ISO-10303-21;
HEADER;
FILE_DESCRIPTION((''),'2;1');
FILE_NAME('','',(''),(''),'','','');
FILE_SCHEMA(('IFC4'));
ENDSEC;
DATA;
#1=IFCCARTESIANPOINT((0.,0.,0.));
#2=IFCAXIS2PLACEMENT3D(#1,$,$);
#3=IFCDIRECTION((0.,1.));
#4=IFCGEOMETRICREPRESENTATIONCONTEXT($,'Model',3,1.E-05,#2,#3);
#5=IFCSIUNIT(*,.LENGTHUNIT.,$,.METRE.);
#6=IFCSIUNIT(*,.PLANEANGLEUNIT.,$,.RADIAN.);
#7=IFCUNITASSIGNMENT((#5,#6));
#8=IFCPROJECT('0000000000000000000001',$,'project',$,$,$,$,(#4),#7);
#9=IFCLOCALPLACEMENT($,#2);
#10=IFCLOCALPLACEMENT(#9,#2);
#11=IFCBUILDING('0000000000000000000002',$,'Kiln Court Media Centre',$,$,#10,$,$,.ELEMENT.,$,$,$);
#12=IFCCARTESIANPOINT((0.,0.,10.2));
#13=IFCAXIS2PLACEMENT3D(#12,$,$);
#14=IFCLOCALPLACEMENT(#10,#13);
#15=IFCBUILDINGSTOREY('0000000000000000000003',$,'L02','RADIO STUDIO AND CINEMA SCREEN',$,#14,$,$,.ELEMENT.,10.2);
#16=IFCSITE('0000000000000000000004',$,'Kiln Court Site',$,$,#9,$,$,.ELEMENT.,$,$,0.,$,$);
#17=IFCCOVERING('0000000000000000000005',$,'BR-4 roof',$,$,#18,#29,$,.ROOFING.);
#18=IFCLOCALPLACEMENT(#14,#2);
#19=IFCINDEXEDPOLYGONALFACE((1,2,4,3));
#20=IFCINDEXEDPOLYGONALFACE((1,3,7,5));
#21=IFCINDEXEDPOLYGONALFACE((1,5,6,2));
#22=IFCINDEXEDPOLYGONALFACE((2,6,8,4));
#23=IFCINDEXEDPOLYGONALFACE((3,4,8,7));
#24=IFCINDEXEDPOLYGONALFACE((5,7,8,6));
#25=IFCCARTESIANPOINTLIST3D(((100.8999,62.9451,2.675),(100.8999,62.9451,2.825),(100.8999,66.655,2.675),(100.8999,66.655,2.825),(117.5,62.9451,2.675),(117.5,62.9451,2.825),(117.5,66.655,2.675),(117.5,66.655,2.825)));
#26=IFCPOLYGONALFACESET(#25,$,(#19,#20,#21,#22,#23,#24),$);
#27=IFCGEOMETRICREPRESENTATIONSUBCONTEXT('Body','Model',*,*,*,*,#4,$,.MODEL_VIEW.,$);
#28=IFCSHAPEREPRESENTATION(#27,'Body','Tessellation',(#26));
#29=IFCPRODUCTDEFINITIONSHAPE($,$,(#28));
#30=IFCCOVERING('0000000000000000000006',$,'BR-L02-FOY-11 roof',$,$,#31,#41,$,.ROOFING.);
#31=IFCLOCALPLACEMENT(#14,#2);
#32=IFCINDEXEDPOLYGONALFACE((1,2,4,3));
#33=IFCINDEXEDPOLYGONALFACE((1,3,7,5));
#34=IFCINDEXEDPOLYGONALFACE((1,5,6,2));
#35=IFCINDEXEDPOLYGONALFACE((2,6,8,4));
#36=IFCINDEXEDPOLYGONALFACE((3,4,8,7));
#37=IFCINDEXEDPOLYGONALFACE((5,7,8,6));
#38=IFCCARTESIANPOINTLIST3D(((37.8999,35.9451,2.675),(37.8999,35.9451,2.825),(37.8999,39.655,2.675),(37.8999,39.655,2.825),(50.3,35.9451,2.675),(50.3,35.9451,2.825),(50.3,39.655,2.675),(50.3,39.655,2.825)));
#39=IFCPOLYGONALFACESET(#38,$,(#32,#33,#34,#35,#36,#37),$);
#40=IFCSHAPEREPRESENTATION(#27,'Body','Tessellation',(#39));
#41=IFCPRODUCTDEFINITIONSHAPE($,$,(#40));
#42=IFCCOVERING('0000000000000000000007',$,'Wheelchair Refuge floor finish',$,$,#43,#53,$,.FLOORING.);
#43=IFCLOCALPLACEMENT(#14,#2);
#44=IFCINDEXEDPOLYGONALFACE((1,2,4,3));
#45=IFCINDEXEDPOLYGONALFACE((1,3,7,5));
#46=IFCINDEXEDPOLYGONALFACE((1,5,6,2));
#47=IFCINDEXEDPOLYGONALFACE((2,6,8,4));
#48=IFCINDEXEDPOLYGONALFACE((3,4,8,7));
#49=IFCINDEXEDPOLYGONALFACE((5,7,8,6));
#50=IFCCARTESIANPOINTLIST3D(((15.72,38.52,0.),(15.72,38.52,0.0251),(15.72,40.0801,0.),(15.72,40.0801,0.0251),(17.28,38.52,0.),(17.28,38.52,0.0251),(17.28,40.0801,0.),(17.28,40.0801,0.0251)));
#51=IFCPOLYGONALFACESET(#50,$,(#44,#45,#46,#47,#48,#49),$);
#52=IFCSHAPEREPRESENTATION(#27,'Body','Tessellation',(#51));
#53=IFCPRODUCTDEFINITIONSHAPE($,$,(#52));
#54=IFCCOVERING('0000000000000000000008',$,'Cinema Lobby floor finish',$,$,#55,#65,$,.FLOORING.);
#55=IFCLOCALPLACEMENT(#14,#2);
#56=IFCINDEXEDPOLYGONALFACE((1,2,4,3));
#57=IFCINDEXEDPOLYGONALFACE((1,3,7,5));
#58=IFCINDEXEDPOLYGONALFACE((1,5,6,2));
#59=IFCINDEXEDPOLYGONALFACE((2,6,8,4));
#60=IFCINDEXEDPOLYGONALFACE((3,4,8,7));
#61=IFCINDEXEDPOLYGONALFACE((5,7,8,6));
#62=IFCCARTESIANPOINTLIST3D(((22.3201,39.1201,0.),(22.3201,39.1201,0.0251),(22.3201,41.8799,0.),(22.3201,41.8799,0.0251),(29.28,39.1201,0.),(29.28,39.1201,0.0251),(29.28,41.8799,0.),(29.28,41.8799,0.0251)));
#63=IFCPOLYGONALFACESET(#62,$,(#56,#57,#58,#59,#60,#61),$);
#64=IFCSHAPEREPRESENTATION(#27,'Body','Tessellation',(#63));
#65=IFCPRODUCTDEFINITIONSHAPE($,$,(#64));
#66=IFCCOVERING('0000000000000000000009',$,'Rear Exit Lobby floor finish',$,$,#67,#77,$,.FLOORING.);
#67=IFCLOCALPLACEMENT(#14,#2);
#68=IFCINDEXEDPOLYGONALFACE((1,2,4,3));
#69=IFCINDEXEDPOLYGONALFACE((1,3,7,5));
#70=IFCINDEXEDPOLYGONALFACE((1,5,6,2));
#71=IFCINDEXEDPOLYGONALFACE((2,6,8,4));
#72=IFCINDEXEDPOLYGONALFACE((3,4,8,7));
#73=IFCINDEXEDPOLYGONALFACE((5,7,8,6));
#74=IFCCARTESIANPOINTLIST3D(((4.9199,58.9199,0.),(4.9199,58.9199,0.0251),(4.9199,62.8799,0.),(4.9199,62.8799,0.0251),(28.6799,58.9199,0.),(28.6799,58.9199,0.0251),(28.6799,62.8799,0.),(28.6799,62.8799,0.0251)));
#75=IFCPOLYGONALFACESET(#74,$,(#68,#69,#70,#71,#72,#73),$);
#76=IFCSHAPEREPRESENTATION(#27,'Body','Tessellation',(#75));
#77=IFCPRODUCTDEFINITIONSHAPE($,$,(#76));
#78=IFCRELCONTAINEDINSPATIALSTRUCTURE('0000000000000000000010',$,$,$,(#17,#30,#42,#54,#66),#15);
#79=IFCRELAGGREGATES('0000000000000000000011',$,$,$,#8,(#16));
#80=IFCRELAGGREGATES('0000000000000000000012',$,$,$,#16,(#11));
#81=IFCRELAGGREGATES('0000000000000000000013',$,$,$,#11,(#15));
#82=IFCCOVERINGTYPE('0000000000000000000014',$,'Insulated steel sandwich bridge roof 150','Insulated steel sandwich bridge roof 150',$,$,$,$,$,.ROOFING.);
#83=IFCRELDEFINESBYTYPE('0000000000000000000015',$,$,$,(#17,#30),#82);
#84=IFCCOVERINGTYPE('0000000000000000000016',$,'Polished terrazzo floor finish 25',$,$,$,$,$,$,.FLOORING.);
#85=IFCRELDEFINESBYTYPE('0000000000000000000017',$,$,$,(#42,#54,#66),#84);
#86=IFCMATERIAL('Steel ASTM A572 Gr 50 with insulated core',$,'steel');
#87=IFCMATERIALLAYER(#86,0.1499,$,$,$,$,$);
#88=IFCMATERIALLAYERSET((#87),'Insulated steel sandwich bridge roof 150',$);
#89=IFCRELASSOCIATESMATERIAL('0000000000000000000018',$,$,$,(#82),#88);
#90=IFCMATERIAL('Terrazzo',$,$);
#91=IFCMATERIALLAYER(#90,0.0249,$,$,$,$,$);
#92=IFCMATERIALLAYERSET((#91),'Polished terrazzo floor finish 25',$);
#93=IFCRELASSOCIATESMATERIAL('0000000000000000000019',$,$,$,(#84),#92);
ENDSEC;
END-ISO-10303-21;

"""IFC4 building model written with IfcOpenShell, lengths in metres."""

from ifc_helpers import new_model, si_unit, direction, frame, origin, place, context, subcontext, project, spatial, polyline, outline, extrude, material, layer, layer_set, type_object, element, save


model = new_model("IFC4")

# Units and contexts
model_context = context("Model", 3, precision=1e-05, world=origin(), true_north=direction((0.0, 1.0)))
body_context = subcontext(model_context, "Body", "Model", "MODEL_VIEW")
ifc_project = project(units=[si_unit("LENGTHUNIT", "METRE"), si_unit("PLANEANGLEUNIT", "RADIAN")], contexts=[model_context])

# Site, building, storey
site_placement = place(None, origin())
site = spatial("IfcSite", under=ifc_project, at=site_placement, Name="Kiln Court Site", CompositionType="ELEMENT", RefElevation=0.0)
building_placement = place(site_placement, origin())
building = spatial("IfcBuilding", under=site, at=building_placement, Name="Kiln Court Media Centre", CompositionType="ELEMENT")
storey_placement = place(building_placement, frame((0.0, 0.0, 10.2)))
storey = spatial("IfcBuildingStorey", under=building, at=storey_placement, Name="L02", Description="RADIO STUDIO AND CINEMA SCREEN", CompositionType="ELEMENT", Elevation=10.2)

# Coverings
ifc_material_1 = material(Name="Steel ASTM A572 Gr 50 with insulated core", Category="steel")
ifc_layer_1 = layer(ifc_material_1, 0.1499)
ifc_layer_set_1 = layer_set([ifc_layer_1], Name="Insulated steel sandwich bridge roof 150")
covering_type_1 = type_object("IfcCoveringType", Name="Insulated steel sandwich bridge roof 150", Description="Insulated steel sandwich bridge roof 150", PredefinedType="ROOFING", material=ifc_layer_set_1)
covering_1_placement = place(storey_placement, frame((0.0, 0.0, 2.675)))
element("IfcCovering", 1, at=covering_1_placement, inside=storey, type_object=covering_type_1, Name="BR-4 roof", PredefinedType="ROOFING", context=body_context, shape_type="SweptSolid", body=[
    extrude(outline(polyline([(100.8999, 62.9451), (117.5, 62.9451), (117.5, 66.655), (100.8999, 66.655), (100.8999, 62.9451)])), origin(), (0.0, 0.0, 1.0), 0.1499),
])
covering_2_placement = place(storey_placement, frame((0.0, 0.0, 2.675)))
element("IfcCovering", 2, at=covering_2_placement, inside=storey, type_object=covering_type_1, Name="BR-L02-FOY-11 roof", PredefinedType="ROOFING", context=body_context, shape_type="SweptSolid", body=[
    extrude(outline(polyline([(37.8999, 35.9451), (50.3, 35.9451), (50.3, 39.655), (37.8999, 39.655), (37.8999, 35.9451)])), origin(), (0.0, 0.0, 1.0), 0.1499),
])
ifc_material_2 = material(Name="Terrazzo")
ifc_layer_2 = layer(ifc_material_2, 0.0249)
ifc_layer_set_2 = layer_set([ifc_layer_2], Name="Polished terrazzo floor finish 25")
covering_type_2 = type_object("IfcCoveringType", Name="Polished terrazzo floor finish 25", PredefinedType="FLOORING", material=ifc_layer_set_2)
covering_3_placement = place(storey_placement, origin())
element("IfcCovering", 3, at=covering_3_placement, inside=storey, type_object=covering_type_2, Name="Wheelchair Refuge floor finish", PredefinedType="FLOORING", context=body_context, shape_type="SweptSolid", body=[
    extrude(outline(polyline([(15.72, 38.52), (17.28, 38.52), (17.28, 40.0801), (15.72, 40.0801), (15.72, 38.52)])), origin(), (0.0, 0.0, 1.0), 0.0251),
])
covering_4_placement = place(storey_placement, origin())
element("IfcCovering", 4, at=covering_4_placement, inside=storey, type_object=covering_type_2, Name="Cinema Lobby floor finish", PredefinedType="FLOORING", context=body_context, shape_type="SweptSolid", body=[
    extrude(outline(polyline([(22.3201, 39.1201), (29.28, 39.1201), (29.28, 41.8799), (22.3201, 41.8799), (22.3201, 39.1201)])), origin(), (0.0, 0.0, 1.0), 0.0251),
])
covering_5_placement = place(storey_placement, origin())
element("IfcCovering", 5, at=covering_5_placement, inside=storey, type_object=covering_type_2, Name="Rear Exit Lobby floor finish", PredefinedType="FLOORING", context=body_context, shape_type="SweptSolid", body=[
    extrude(outline(polyline([(4.9199, 58.9199), (28.6799, 58.9199), (28.6799, 62.8799), (4.9199, 62.8799), (4.9199, 58.9199)])), origin(), (0.0, 0.0, 1.0), 0.0251),
])

save(model, "model.ifc")
